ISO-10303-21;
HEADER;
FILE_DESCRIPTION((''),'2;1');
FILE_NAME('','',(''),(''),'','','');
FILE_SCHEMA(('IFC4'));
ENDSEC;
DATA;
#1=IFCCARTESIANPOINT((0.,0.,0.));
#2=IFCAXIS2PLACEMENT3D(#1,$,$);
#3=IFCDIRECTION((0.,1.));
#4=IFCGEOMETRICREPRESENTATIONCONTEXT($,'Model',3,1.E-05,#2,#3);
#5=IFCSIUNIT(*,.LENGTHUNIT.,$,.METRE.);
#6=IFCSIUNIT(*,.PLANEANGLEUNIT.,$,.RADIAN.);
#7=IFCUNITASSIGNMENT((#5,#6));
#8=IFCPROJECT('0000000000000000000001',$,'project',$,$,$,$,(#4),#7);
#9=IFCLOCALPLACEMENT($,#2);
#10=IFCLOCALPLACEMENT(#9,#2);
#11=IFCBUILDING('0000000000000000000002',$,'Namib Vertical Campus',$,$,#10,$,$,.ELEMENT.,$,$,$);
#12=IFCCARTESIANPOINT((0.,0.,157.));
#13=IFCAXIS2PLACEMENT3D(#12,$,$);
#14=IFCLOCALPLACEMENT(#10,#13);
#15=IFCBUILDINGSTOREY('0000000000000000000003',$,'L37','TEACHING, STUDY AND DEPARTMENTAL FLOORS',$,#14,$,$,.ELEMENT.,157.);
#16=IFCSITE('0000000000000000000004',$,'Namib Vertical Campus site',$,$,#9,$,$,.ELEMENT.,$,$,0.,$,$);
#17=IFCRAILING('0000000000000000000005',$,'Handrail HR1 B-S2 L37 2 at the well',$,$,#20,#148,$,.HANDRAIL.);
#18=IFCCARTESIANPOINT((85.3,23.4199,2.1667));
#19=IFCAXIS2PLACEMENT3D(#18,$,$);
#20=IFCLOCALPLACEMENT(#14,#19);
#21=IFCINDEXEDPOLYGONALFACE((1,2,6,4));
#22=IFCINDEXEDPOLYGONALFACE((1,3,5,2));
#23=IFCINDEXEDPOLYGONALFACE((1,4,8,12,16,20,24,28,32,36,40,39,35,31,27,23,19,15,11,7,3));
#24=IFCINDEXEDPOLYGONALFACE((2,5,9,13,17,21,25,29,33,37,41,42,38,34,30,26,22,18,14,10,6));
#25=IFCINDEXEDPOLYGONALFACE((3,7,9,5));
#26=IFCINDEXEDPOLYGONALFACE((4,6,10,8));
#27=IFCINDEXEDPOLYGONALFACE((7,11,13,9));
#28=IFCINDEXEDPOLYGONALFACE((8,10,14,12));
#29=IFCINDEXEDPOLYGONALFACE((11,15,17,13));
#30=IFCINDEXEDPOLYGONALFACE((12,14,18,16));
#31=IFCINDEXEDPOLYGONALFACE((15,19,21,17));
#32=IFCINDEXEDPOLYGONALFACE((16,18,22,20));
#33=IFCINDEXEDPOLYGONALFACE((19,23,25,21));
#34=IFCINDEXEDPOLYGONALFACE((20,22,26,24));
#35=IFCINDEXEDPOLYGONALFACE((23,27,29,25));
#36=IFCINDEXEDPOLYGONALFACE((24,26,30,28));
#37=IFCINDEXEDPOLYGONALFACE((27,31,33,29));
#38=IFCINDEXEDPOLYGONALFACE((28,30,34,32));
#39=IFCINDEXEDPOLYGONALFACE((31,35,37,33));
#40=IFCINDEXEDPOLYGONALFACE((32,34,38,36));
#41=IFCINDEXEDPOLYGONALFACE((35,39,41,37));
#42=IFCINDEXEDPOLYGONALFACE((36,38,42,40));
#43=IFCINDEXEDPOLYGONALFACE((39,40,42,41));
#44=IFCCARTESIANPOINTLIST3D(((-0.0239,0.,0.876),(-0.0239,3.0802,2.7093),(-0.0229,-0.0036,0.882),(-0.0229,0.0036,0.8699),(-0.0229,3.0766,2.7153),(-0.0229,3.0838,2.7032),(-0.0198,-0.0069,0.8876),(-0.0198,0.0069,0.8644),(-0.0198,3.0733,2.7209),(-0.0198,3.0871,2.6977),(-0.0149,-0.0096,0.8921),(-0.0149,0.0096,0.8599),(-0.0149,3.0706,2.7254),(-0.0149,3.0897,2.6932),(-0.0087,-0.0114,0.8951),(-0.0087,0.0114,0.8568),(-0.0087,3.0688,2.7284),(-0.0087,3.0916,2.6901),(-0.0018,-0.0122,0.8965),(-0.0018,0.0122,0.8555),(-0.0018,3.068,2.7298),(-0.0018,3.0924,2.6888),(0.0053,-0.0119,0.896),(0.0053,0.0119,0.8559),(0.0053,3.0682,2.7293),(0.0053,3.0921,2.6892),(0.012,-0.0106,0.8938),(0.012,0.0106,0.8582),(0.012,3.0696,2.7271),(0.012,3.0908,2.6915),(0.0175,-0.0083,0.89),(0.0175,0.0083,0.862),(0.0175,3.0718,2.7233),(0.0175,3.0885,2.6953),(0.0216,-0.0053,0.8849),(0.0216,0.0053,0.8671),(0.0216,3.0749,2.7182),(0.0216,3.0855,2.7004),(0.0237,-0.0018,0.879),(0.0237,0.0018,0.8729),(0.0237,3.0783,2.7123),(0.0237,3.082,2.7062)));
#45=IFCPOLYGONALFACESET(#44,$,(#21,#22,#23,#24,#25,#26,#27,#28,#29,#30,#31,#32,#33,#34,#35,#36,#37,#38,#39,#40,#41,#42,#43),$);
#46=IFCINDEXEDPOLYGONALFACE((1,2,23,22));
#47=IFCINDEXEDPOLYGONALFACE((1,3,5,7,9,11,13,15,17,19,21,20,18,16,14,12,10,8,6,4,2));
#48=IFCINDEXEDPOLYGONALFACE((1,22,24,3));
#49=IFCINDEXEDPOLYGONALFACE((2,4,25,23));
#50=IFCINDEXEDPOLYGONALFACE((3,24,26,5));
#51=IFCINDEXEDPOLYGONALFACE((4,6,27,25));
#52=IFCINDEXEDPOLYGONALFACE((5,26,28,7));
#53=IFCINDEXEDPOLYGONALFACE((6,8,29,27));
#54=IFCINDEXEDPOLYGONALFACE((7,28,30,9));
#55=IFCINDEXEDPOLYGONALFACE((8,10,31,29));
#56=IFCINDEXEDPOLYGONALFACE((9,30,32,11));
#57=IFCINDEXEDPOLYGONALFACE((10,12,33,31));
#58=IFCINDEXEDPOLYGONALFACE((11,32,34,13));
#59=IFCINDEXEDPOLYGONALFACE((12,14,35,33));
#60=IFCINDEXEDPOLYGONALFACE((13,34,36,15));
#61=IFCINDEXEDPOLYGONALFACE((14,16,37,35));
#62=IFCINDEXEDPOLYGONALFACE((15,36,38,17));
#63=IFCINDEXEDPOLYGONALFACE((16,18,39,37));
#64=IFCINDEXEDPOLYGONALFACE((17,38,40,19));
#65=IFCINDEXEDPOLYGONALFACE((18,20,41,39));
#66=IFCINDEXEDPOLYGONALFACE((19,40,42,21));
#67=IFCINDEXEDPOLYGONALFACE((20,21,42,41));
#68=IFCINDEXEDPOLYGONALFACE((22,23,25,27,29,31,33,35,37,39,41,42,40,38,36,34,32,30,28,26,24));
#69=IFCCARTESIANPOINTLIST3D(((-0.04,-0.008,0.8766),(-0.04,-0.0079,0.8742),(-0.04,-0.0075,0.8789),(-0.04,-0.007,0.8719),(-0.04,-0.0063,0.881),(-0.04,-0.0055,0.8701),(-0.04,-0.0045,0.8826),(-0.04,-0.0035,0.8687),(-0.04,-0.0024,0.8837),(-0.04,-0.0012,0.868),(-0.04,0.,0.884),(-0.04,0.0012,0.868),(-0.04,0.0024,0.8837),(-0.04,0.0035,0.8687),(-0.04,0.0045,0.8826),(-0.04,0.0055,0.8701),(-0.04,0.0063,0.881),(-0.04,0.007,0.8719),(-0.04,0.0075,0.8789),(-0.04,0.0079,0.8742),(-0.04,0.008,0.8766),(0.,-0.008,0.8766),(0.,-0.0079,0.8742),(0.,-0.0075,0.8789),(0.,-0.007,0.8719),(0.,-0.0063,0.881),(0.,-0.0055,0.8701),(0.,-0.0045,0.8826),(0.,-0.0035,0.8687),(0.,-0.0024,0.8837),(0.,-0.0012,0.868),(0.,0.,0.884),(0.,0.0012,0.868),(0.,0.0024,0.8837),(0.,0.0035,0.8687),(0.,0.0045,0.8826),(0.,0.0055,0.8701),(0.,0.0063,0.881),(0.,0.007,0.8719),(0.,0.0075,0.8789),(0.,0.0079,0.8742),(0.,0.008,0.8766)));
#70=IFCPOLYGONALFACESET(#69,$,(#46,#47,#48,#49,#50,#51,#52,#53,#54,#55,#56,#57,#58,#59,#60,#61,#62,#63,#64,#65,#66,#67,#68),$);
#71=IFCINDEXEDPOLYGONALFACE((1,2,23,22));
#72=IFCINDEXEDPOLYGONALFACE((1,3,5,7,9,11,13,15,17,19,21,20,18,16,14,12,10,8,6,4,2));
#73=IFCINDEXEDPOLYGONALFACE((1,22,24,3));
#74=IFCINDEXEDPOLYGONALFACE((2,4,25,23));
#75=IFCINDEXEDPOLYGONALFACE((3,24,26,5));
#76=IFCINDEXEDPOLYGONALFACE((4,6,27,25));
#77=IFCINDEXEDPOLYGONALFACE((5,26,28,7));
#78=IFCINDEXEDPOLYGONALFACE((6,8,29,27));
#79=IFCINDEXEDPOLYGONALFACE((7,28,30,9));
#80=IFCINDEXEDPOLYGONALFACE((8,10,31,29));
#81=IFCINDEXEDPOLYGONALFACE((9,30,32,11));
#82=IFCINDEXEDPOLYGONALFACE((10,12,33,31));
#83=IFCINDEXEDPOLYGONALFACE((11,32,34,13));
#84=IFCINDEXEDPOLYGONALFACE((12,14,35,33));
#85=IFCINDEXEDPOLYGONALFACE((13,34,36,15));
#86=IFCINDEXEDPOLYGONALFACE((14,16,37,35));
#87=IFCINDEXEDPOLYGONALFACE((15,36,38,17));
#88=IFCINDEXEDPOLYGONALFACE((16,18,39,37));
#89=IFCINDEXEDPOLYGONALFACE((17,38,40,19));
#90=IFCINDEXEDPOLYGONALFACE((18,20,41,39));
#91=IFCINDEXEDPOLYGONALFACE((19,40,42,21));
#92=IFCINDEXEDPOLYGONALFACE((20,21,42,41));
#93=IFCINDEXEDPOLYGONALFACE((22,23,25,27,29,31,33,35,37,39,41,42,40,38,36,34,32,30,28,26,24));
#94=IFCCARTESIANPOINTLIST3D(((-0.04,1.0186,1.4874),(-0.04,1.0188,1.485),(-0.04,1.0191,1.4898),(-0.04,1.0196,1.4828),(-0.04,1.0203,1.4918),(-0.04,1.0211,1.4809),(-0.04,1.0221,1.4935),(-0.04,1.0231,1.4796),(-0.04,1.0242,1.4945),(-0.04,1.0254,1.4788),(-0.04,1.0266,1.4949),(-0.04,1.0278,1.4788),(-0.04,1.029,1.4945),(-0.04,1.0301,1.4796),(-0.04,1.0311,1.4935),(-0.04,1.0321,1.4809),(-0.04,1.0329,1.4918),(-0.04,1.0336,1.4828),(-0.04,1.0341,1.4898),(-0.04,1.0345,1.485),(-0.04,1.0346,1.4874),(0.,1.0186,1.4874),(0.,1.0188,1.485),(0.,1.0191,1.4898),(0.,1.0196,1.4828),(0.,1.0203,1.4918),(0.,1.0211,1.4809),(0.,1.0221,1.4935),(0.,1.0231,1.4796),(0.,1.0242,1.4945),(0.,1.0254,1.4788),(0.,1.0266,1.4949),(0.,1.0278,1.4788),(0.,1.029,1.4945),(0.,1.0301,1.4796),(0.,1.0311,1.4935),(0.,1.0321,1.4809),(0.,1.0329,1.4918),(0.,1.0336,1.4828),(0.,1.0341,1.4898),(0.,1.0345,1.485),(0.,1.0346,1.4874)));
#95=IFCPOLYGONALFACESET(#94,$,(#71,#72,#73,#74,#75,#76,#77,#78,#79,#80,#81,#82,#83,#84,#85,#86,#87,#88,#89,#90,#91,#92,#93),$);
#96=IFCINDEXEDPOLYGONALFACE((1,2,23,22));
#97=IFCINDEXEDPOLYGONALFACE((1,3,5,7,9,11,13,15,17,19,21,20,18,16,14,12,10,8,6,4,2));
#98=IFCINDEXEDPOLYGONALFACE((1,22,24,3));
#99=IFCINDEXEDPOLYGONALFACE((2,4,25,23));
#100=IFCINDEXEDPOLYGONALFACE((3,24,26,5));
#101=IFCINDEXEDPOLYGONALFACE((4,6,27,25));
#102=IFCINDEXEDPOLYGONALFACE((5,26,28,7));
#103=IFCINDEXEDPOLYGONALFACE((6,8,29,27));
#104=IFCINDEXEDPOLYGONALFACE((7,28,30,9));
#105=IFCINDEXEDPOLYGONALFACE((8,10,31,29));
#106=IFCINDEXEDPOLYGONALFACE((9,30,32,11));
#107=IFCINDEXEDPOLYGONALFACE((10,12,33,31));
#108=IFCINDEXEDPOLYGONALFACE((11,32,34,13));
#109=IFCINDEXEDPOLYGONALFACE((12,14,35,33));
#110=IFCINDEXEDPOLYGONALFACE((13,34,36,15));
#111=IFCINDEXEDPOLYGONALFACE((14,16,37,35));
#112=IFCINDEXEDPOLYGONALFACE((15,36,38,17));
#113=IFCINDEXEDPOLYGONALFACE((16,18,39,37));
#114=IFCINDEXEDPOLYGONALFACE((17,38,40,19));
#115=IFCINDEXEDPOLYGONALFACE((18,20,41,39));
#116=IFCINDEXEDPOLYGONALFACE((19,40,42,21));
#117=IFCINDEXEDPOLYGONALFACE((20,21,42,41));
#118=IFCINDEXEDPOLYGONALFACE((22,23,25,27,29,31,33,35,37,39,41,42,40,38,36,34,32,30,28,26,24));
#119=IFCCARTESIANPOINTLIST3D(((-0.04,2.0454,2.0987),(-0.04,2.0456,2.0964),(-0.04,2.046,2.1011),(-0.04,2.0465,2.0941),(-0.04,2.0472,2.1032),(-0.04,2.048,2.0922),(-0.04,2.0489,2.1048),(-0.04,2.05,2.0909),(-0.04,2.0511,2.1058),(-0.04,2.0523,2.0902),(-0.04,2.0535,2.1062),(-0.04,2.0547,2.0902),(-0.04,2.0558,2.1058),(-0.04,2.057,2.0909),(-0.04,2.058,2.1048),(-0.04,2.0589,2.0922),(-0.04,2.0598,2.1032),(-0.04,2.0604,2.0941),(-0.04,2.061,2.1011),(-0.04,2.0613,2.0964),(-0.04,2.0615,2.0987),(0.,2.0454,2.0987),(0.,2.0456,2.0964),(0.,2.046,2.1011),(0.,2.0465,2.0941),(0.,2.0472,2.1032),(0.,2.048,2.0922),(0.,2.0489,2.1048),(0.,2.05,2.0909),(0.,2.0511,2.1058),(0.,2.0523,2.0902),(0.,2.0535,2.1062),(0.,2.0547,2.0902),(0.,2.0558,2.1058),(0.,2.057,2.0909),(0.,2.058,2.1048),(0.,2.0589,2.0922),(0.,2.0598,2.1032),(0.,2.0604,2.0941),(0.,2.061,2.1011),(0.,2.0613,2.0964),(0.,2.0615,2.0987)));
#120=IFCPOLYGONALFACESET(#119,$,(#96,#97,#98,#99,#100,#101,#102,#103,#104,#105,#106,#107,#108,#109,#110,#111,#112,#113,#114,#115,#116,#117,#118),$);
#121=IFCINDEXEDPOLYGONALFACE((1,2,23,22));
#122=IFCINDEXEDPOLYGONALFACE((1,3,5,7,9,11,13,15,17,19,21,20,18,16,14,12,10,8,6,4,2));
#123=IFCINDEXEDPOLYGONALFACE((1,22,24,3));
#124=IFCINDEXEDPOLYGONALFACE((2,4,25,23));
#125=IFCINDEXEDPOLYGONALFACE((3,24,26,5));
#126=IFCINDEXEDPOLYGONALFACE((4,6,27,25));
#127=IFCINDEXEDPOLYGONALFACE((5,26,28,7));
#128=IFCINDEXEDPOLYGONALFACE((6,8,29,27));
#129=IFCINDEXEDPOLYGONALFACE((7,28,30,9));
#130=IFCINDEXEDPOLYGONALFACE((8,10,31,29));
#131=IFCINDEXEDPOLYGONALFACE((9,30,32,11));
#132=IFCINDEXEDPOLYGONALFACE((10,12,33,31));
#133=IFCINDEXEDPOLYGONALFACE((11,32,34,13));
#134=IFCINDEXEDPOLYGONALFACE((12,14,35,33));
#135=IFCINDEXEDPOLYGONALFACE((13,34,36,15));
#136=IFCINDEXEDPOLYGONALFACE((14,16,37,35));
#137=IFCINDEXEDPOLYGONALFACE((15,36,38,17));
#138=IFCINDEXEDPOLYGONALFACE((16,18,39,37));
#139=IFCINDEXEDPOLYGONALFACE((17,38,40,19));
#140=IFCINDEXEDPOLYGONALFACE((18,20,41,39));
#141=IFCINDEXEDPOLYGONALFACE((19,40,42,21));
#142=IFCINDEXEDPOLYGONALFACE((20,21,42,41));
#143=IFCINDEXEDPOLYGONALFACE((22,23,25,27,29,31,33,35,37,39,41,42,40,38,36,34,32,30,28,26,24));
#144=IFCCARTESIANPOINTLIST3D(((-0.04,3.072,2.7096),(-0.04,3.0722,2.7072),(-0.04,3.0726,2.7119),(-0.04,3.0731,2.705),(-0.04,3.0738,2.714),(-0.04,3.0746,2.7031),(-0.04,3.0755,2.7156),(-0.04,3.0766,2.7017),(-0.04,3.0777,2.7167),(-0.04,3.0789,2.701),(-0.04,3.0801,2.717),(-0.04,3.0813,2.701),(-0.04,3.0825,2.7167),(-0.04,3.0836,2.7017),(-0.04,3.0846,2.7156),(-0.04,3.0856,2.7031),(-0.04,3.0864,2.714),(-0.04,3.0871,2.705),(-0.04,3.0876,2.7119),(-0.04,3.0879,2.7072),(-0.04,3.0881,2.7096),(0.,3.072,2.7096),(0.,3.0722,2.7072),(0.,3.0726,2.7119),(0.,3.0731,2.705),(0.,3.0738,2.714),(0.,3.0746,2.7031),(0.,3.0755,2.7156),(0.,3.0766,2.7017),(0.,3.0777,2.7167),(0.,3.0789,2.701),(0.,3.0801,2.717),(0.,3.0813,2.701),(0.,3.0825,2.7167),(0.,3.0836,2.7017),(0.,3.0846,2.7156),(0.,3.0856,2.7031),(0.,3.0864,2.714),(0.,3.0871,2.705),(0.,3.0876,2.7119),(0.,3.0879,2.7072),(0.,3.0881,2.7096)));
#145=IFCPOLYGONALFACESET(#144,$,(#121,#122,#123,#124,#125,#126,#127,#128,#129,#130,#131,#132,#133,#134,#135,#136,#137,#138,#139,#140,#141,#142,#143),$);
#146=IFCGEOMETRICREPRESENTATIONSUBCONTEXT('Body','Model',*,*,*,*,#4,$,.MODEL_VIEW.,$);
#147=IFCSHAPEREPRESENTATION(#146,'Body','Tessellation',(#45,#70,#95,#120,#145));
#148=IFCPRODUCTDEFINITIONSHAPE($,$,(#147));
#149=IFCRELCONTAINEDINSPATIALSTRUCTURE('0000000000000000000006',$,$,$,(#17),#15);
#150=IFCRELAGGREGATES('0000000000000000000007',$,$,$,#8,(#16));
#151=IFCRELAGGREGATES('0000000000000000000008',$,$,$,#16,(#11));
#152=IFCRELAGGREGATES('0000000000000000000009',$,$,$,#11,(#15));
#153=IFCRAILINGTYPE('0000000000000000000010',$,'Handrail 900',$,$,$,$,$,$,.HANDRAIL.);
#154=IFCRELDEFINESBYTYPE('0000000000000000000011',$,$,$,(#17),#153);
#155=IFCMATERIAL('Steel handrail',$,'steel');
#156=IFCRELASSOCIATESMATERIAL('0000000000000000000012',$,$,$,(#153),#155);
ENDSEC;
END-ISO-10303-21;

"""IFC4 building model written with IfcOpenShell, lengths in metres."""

from ifc_helpers import new_model, si_unit, direction, frame, origin, origin_2d, place, context, subcontext, project, spatial, circle, extrude, material, type_object, element, save


model = new_model("IFC4")

# Units and contexts
model_context = context("Model", 3, precision=1e-05, world=origin(), true_north=direction((0.0, 1.0)))
body_context = subcontext(model_context, "Body", "Model", "MODEL_VIEW")
ifc_project = project(units=[si_unit("LENGTHUNIT", "METRE"), si_unit("PLANEANGLEUNIT", "RADIAN")], contexts=[model_context])

# Site, building, storey
site_placement = place(None, origin())
site = spatial("IfcSite", under=ifc_project, at=site_placement, Name="Namib Vertical Campus site", CompositionType="ELEMENT", RefElevation=0.0)
building_placement = place(site_placement, origin())
building = spatial("IfcBuilding", under=site, at=building_placement, Name="Namib Vertical Campus", CompositionType="ELEMENT")
storey_placement = place(building_placement, frame((0.0, 0.0, 157.0)))
storey = spatial("IfcBuildingStorey", under=building, at=storey_placement, Name="L37", Description="TEACHING, STUDY AND DEPARTMENTAL FLOORS", CompositionType="ELEMENT", Elevation=157.0)

# Railing
ifc_material_1 = material(Name="Steel handrail", Category="steel")
railing_type_1 = type_object("IfcRailingType", Name="Handrail 900", PredefinedType="HANDRAIL", material=ifc_material_1)
railing_1_placement = place(storey_placement, frame((85.3, 23.4199, 2.1667)))
element("IfcRailing", 1, at=railing_1_placement, inside=storey, type_object=railing_type_1, Name="Handrail HR1 B-S2 L37 2 at the well", PredefinedType="HANDRAIL", context=body_context, shape_type="SweptSolid", body=[
    extrude(circle(Radius=0.0239, at=origin_2d()), frame((0.0, 0.0, 0.876), z_axis=(0.0, 0.859309, 0.511458), x_axis=(-1.0, 0.0, 0.0)), (0.0, 0.0, 1.0), 3.5845),
    extrude(circle(Radius=0.0081, at=origin_2d()), frame((0.0, 0.0, 0.876), z_axis=(-1.0, 0.0, 0.0), x_axis=(0.0, 0.0, 1.0)), (0.0, 0.0, 1.0), 0.04),
    extrude(circle(Radius=0.0081, at=origin_2d()), frame((0.0, 1.0266, 1.4868), z_axis=(-1.0, 0.0, 0.0), x_axis=(0.0, 0.0, 1.0)), (0.0, 0.0, 1.0), 0.04),
    extrude(circle(Radius=0.0081, at=origin_2d()), frame((0.0, 2.0535, 2.0981), z_axis=(-1.0, 0.0, 0.0), x_axis=(0.0, 0.0, 1.0)), (0.0, 0.0, 1.0), 0.04),
    extrude(circle(Radius=0.0081, at=origin_2d()), frame((0.0, 3.0801, 2.709), z_axis=(-1.0, 0.0, 0.0), x_axis=(0.0, 0.0, 1.0)), (0.0, 0.0, 1.0), 0.04),
])

save(model, "model.ifc")
